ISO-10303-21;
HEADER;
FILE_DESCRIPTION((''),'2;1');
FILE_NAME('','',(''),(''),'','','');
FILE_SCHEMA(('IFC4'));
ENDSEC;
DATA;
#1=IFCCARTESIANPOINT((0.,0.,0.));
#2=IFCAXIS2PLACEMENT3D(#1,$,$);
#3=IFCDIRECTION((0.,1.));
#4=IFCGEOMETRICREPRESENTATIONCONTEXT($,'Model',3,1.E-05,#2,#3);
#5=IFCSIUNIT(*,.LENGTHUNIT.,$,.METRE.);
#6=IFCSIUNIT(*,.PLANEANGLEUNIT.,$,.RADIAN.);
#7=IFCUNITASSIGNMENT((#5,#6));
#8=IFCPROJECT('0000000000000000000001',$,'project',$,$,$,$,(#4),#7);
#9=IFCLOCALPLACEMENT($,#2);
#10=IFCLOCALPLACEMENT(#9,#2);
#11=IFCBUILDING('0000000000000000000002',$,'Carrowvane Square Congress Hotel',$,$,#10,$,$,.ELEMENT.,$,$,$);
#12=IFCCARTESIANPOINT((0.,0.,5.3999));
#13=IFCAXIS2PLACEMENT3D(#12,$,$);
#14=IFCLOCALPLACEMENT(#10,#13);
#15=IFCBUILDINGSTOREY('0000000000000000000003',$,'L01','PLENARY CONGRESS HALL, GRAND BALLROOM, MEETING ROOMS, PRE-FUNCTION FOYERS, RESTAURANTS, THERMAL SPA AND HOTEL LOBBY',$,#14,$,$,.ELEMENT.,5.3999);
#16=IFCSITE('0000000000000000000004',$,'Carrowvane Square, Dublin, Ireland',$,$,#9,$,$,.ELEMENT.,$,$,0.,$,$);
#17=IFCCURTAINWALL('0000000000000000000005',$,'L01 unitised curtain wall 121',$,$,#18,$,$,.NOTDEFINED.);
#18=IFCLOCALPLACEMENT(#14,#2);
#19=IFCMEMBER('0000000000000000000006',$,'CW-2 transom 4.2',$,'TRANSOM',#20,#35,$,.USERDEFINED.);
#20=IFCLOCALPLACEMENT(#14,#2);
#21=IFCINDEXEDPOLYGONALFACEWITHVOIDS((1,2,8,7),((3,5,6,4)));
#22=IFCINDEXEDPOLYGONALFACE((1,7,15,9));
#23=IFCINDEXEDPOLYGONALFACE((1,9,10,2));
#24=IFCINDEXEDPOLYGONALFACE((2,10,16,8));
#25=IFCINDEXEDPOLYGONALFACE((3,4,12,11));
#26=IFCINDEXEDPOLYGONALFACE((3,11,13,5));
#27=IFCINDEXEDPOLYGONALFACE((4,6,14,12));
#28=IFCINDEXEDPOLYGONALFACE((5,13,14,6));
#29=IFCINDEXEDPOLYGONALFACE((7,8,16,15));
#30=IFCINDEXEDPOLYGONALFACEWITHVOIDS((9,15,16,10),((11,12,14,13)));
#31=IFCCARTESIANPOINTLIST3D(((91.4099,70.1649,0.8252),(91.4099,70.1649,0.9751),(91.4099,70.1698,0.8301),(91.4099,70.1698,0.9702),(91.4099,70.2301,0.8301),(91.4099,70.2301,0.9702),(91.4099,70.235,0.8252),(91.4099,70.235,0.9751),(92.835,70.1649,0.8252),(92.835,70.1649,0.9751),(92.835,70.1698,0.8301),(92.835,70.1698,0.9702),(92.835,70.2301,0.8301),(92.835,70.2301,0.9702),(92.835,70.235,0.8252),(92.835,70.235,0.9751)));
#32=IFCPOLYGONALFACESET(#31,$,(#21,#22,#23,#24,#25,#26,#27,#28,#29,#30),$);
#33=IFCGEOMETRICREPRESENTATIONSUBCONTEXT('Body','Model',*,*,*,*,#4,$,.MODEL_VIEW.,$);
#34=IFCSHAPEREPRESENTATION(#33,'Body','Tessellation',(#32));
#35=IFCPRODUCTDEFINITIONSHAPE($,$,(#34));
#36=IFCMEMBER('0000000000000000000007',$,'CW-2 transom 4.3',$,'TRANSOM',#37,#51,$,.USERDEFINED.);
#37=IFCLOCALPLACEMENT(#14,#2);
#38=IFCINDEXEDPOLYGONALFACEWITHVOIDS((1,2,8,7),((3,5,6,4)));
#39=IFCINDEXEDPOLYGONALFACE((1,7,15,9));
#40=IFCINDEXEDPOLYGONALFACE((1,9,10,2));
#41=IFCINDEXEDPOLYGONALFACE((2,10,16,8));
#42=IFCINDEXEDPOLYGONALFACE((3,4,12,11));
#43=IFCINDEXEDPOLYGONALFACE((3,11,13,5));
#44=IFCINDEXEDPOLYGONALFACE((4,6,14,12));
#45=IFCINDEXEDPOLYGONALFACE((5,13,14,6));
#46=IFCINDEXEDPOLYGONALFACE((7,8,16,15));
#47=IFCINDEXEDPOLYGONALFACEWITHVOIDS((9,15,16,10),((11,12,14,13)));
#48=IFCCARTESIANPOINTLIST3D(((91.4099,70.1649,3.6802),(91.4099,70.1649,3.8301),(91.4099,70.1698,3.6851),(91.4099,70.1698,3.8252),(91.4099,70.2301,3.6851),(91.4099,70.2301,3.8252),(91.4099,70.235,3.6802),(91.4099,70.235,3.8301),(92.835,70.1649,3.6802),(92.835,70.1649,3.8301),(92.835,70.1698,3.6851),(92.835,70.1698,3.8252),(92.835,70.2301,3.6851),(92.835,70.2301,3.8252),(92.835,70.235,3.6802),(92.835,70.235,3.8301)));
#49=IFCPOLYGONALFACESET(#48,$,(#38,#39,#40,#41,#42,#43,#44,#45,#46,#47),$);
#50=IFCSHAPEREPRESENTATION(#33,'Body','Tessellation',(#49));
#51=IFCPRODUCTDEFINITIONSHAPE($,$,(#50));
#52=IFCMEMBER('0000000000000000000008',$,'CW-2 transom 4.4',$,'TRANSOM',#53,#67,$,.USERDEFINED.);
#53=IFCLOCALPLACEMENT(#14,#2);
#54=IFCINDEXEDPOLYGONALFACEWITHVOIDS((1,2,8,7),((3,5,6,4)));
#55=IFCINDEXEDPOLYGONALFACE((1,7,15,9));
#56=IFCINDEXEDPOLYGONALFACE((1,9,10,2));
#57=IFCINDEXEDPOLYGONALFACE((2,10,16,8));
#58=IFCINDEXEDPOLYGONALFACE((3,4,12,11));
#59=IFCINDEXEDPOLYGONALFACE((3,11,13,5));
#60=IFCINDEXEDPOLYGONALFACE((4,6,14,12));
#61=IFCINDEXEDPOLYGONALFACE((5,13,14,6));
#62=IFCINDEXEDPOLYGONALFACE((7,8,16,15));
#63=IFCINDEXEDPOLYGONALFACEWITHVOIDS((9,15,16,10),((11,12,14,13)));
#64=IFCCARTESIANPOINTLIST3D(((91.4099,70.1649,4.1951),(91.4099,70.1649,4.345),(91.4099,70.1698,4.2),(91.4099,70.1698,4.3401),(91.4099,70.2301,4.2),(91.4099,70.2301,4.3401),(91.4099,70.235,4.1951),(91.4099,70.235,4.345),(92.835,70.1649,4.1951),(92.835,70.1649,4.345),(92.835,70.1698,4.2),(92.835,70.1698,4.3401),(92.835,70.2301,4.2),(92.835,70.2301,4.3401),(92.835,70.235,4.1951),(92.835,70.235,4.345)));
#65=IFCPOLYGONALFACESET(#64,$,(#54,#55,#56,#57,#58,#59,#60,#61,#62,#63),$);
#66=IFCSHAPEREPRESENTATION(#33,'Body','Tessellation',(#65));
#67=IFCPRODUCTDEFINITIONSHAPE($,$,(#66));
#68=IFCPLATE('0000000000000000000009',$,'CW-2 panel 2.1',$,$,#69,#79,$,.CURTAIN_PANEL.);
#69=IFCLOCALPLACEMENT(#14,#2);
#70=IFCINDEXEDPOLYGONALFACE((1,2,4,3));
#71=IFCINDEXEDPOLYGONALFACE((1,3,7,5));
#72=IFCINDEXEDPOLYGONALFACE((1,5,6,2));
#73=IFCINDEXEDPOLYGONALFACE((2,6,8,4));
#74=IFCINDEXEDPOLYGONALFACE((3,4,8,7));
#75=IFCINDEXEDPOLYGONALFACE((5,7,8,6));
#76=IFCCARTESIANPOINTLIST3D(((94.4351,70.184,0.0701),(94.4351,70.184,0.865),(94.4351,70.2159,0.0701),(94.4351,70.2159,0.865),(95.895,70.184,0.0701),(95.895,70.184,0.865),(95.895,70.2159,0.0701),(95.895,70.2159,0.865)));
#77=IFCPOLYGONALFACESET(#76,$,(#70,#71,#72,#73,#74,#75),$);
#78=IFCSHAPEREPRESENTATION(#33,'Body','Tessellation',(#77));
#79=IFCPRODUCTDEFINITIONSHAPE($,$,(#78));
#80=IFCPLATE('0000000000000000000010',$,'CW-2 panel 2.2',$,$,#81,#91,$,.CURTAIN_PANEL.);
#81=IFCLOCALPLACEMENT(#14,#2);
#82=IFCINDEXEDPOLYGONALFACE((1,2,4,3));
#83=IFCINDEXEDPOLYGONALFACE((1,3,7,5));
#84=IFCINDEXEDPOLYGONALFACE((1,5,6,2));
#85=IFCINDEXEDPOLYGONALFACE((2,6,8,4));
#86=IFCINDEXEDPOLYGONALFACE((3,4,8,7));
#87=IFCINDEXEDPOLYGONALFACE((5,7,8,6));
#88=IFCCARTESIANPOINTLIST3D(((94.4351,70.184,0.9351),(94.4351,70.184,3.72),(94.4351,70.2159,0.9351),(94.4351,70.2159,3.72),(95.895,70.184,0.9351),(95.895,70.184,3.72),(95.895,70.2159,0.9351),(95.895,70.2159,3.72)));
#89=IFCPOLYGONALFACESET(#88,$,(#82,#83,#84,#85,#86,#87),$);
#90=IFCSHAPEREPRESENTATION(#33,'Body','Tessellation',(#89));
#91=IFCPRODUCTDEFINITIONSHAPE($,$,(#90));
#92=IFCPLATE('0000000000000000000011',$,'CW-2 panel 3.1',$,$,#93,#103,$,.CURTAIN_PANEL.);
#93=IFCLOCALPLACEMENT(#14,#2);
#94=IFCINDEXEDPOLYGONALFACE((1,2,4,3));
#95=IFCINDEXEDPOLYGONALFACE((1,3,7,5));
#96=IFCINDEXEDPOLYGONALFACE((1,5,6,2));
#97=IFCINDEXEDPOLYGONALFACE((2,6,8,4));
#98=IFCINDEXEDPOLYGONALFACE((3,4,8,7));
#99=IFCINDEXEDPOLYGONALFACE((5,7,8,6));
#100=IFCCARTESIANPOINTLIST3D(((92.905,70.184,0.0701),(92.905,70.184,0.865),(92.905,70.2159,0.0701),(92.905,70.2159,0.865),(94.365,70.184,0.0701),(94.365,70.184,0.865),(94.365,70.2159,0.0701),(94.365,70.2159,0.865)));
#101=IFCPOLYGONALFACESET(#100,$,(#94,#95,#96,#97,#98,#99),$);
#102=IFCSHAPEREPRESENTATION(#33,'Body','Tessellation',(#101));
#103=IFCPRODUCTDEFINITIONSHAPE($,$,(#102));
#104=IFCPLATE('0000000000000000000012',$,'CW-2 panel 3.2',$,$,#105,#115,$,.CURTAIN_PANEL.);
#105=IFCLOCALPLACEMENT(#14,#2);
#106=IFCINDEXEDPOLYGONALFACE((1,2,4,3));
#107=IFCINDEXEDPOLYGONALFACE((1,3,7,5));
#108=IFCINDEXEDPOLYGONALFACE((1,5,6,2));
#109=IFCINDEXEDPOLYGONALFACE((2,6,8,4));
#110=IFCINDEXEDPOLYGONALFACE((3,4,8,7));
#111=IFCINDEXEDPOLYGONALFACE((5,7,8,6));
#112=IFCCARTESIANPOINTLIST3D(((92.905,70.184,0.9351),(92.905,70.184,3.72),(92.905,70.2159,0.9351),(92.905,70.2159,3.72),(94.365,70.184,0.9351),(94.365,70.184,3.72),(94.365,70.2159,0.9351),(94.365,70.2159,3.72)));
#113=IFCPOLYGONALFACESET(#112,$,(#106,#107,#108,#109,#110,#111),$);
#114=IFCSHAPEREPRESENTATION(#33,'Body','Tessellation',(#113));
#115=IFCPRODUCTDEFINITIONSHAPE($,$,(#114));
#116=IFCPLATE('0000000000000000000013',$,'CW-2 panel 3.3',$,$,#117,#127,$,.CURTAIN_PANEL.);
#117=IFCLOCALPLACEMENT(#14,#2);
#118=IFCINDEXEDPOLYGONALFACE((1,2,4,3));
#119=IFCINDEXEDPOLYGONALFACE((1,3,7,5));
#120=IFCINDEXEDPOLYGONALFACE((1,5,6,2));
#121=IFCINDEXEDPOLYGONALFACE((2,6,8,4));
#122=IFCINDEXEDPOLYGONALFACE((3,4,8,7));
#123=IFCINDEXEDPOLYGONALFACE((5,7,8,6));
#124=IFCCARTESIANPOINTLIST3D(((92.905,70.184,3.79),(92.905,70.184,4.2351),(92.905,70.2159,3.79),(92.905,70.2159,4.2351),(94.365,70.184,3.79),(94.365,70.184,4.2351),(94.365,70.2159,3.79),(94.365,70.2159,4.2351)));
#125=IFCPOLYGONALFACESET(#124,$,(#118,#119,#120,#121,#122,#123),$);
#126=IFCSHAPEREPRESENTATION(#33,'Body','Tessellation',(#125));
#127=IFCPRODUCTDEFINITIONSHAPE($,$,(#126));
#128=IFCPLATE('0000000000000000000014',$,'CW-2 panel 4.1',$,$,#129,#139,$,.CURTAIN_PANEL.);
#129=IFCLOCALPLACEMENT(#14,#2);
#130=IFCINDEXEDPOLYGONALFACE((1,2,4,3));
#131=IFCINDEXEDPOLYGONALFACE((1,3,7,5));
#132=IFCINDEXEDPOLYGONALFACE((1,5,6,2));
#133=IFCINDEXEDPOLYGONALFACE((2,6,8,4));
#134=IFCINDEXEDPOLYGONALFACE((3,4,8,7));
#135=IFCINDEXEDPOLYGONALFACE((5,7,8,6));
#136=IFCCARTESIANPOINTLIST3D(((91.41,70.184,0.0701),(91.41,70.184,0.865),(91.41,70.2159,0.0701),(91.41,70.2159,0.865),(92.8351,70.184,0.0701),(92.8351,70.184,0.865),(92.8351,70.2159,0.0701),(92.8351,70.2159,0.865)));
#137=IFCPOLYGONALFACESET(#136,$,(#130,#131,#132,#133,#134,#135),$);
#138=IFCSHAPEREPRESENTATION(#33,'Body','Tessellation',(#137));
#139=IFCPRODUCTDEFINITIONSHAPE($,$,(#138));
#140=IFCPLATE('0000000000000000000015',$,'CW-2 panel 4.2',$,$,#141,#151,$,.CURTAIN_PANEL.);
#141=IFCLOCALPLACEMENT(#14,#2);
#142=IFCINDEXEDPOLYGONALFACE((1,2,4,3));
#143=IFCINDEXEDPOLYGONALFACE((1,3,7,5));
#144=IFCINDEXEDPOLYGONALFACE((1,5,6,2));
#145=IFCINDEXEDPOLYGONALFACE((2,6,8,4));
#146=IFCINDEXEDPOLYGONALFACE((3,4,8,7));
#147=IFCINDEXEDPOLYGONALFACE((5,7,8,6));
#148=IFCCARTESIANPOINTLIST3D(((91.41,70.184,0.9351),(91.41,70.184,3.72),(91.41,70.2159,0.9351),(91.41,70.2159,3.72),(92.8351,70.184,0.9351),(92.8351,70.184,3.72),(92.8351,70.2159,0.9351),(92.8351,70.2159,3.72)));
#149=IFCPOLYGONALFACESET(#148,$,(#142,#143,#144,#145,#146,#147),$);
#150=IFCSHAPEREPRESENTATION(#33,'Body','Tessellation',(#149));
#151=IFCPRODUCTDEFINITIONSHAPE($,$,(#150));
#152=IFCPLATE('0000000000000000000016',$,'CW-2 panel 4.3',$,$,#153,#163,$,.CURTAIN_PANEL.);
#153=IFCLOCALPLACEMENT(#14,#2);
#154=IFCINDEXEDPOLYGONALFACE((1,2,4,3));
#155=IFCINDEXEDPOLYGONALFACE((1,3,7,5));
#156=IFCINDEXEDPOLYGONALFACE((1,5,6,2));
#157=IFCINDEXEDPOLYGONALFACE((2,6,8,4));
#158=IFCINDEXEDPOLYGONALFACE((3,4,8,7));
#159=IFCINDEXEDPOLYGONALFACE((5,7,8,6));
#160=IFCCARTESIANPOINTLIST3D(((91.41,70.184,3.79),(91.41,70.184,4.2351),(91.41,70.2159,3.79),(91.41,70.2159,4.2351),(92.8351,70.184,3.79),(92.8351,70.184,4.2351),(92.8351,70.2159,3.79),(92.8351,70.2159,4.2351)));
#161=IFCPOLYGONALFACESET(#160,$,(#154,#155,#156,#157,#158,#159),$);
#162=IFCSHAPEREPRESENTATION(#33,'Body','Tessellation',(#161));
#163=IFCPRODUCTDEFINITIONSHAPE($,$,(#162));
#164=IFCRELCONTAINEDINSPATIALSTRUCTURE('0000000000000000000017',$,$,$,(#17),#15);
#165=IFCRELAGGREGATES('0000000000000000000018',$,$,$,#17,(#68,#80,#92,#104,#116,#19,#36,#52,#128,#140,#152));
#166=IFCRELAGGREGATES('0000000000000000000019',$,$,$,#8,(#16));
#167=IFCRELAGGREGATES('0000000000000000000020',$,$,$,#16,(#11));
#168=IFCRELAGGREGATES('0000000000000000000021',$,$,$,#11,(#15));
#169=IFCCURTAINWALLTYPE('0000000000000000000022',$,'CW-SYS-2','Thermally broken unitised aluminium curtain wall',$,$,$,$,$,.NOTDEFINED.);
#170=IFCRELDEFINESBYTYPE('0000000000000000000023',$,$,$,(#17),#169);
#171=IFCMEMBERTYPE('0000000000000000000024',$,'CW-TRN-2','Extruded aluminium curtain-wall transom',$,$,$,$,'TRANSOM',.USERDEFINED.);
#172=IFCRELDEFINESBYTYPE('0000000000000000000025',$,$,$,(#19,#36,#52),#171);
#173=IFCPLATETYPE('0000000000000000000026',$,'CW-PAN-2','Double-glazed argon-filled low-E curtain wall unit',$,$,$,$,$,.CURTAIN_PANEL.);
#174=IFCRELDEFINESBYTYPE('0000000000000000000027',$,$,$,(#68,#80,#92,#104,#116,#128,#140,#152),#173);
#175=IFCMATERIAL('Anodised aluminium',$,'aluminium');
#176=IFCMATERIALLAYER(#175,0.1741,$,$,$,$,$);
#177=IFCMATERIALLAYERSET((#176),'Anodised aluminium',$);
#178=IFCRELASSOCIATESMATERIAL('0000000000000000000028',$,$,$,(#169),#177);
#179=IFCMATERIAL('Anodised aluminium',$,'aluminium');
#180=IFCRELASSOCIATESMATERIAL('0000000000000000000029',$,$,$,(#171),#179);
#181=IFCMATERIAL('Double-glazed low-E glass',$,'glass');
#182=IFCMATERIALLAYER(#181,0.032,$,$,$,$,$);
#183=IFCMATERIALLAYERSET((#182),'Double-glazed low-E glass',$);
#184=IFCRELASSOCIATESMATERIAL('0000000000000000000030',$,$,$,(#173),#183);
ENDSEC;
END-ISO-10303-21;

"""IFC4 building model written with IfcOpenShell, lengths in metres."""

from ifc_helpers import new_model, si_unit, direction, frame, origin, origin_2d, place, context, subcontext, project, spatial, rectangle, hollow_rectangle, extrude, material, layer, layer_set, material_profile, profile_set, type_object, element, aggregate, save


model = new_model("IFC4")

# Units and contexts
model_context = context("Model", 3, precision=1e-05, world=origin(), true_north=direction((0.0, 1.0)))
body_context = subcontext(model_context, "Body", "Model", "MODEL_VIEW")
ifc_project = project(units=[si_unit("LENGTHUNIT", "METRE"), si_unit("PLANEANGLEUNIT", "RADIAN")], contexts=[model_context])

# Site, building, storey
site_placement = place(None, origin())
site = spatial("IfcSite", under=ifc_project, at=site_placement, Name="Carrowvane Square, Dublin, Ireland", CompositionType="ELEMENT", RefElevation=0.0)
building_placement = place(site_placement, origin())
building = spatial("IfcBuilding", under=site, at=building_placement, Name="Carrowvane Square Congress Hotel", CompositionType="ELEMENT")
storey_placement = place(building_placement, frame((0.0, 0.0, 5.3999)))
storey = spatial("IfcBuildingStorey", under=building, at=storey_placement, Name="L01", Description="PLENARY CONGRESS HALL, GRAND BALLROOM, MEETING ROOMS, PRE-FUNCTION FOYERS, RESTAURANTS, THERMAL SPA AND HOTEL LOBBY", CompositionType="ELEMENT", Elevation=5.3999)

# Curtain wall, members, plates
ifc_material_1 = material(Name="Anodised aluminium", Category="aluminium")
ifc_layer_1 = layer(ifc_material_1, 0.1741)
ifc_layer_set_1 = layer_set([ifc_layer_1], Name="Anodised aluminium")
curtain_wall_type = type_object("IfcCurtainWallType", Name="CW-SYS-2", Description="Thermally broken unitised aluminium curtain wall", PredefinedType="NOTDEFINED", material=ifc_layer_set_1)
curtain_wall_placement = place(storey_placement, origin())
curtain_wall = element("IfcCurtainWall", 1, at=curtain_wall_placement, inside=storey, type_object=curtain_wall_type, Name="L01 unitised curtain wall 121", PredefinedType="NOTDEFINED")
ifc_material_2 = material(Name="Anodised aluminium", Category="aluminium")
ifc_material_profile_1 = material_profile(ifc_material_2, hollow_rectangle(XDim=0.0701, YDim=0.1499, WallThickness=0.0049, at=origin_2d()), Name="CW-TR 70x150x5")
ifc_profile_set_1 = profile_set([ifc_material_profile_1], Name="Anodised aluminium")
member_type_1 = type_object("IfcMemberType", Name="CW-TRN-2", Description="Extruded aluminium curtain-wall transom", ElementType="TRANSOM", PredefinedType="USERDEFINED", material=ifc_profile_set_1)
member_1_placement = place(storey_placement, frame((92.835, 70.2, 0.9001), z_axis=(-1.0, 0.0, 0.0), x_axis=(0.0, -1.0, 0.0)))
member_1 = element("IfcMember", 2, at=member_1_placement, type_object=member_type_1, Name="CW-2 transom 4.2", ObjectType="TRANSOM", PredefinedType="USERDEFINED", context=body_context, shape_type="SweptSolid", body=[
    extrude(hollow_rectangle(XDim=0.0701, YDim=0.1499, WallThickness=0.0049, at=origin_2d()), origin(), (0.0, 0.0, 1.0), 1.425),
])
member_2_placement = place(storey_placement, frame((92.835, 70.2, 3.7551), z_axis=(-1.0, 0.0, 0.0), x_axis=(0.0, -1.0, 0.0)))
member_2 = element("IfcMember", 3, at=member_2_placement, type_object=member_type_1, Name="CW-2 transom 4.3", ObjectType="TRANSOM", PredefinedType="USERDEFINED", context=body_context, shape_type="SweptSolid", body=[
    extrude(hollow_rectangle(XDim=0.0701, YDim=0.1499, WallThickness=0.0049, at=origin_2d()), origin(), (0.0, 0.0, 1.0), 1.425),
])
member_3_placement = place(storey_placement, frame((92.835, 70.2, 4.27), z_axis=(-1.0, 0.0, 0.0), x_axis=(0.0, -1.0, 0.0)))
member_3 = element("IfcMember", 4, at=member_3_placement, type_object=member_type_1, Name="CW-2 transom 4.4", ObjectType="TRANSOM", PredefinedType="USERDEFINED", context=body_context, shape_type="SweptSolid", body=[
    extrude(hollow_rectangle(XDim=0.0701, YDim=0.1499, WallThickness=0.0049, at=origin_2d()), origin(), (0.0, 0.0, 1.0), 1.425),
])
ifc_material_3 = material(Name="Double-glazed low-E glass", Category="glass")
ifc_layer_2 = layer(ifc_material_3, 0.032)
ifc_layer_set_2 = layer_set([ifc_layer_2], Name="Double-glazed low-E glass")
plate_type = type_object("IfcPlateType", Name="CW-PAN-2", Description="Double-glazed argon-filled low-E curtain wall unit", PredefinedType="CURTAIN_PANEL", material=ifc_layer_set_2)
plate_1_placement = place(storey_placement, frame((95.165, 70.2, 0.0701), z_axis=(0.0, 0.0, 1.0), x_axis=(-1.0, 0.0, 0.0)))
plate_1 = element("IfcPlate", 5, at=plate_1_placement, type_object=plate_type, Name="CW-2 panel 2.1", PredefinedType="CURTAIN_PANEL", context=body_context, shape_type="SweptSolid", body=[
    extrude(rectangle(XDim=1.46, YDim=0.032, at=origin_2d()), origin(), (0.0, 0.0, 1.0), 0.7949),
])
plate_2_placement = place(storey_placement, frame((95.165, 70.2, 0.9351), z_axis=(0.0, 0.0, 1.0), x_axis=(-1.0, 0.0, 0.0)))
plate_2 = element("IfcPlate", 6, at=plate_2_placement, type_object=plate_type, Name="CW-2 panel 2.2", PredefinedType="CURTAIN_PANEL", context=body_context, shape_type="SweptSolid", body=[
    extrude(rectangle(XDim=1.46, YDim=0.032, at=origin_2d()), origin(), (0.0, 0.0, 1.0), 2.7849),
])
plate_3_placement = place(storey_placement, frame((93.635, 70.2, 0.0701), z_axis=(0.0, 0.0, 1.0), x_axis=(-1.0, 0.0, 0.0)))
plate_3 = element("IfcPlate", 7, at=plate_3_placement, type_object=plate_type, Name="CW-2 panel 3.1", PredefinedType="CURTAIN_PANEL", context=body_context, shape_type="SweptSolid", body=[
    extrude(rectangle(XDim=1.46, YDim=0.032, at=origin_2d()), origin(), (0.0, 0.0, 1.0), 0.7949),
])
plate_4_placement = place(storey_placement, frame((93.635, 70.2, 0.9351), z_axis=(0.0, 0.0, 1.0), x_axis=(-1.0, 0.0, 0.0)))
plate_4 = element("IfcPlate", 8, at=plate_4_placement, type_object=plate_type, Name="CW-2 panel 3.2", PredefinedType="CURTAIN_PANEL", context=body_context, shape_type="SweptSolid", body=[
    extrude(rectangle(XDim=1.46, YDim=0.032, at=origin_2d()), origin(), (0.0, 0.0, 1.0), 2.7849),
])
plate_5_placement = place(storey_placement, frame((93.635, 70.2, 3.79), z_axis=(0.0, 0.0, 1.0), x_axis=(-1.0, 0.0, 0.0)))
plate_5 = element("IfcPlate", 9, at=plate_5_placement, type_object=plate_type, Name="CW-2 panel 3.3", PredefinedType="CURTAIN_PANEL", context=body_context, shape_type="SweptSolid", body=[
    extrude(rectangle(XDim=1.46, YDim=0.032, at=origin_2d()), origin(), (0.0, 0.0, 1.0), 0.4451),
])
plate_6_placement = place(storey_placement, frame((92.1226, 70.2, 0.0701), z_axis=(0.0, 0.0, 1.0), x_axis=(-1.0, 0.0, 0.0)))
plate_6 = element("IfcPlate", 10, at=plate_6_placement, type_object=plate_type, Name="CW-2 panel 4.1", PredefinedType="CURTAIN_PANEL", context=body_context, shape_type="SweptSolid", body=[
    extrude(rectangle(XDim=1.425, YDim=0.032, at=origin_2d()), origin(), (0.0, 0.0, 1.0), 0.7949),
])
plate_7_placement = place(storey_placement, frame((92.1226, 70.2, 0.9351), z_axis=(0.0, 0.0, 1.0), x_axis=(-1.0, 0.0, 0.0)))
plate_7 = element("IfcPlate", 11, at=plate_7_placement, type_object=plate_type, Name="CW-2 panel 4.2", PredefinedType="CURTAIN_PANEL", context=body_context, shape_type="SweptSolid", body=[
    extrude(rectangle(XDim=1.425, YDim=0.032, at=origin_2d()), origin(), (0.0, 0.0, 1.0), 2.7849),
])
plate_8_placement = place(storey_placement, frame((92.1226, 70.2, 3.79), z_axis=(0.0, 0.0, 1.0), x_axis=(-1.0, 0.0, 0.0)))
plate_8 = element("IfcPlate", 12, at=plate_8_placement, type_object=plate_type, Name="CW-2 panel 4.3", PredefinedType="CURTAIN_PANEL", context=body_context, shape_type="SweptSolid", body=[
    extrude(rectangle(XDim=1.425, YDim=0.032, at=origin_2d()), origin(), (0.0, 0.0, 1.0), 0.4451),
])
aggregate(curtain_wall, [plate_1, plate_2, plate_3, plate_4, plate_5, member_1, member_2, member_3, plate_6, plate_7, plate_8])

save(model, "model.ifc")
